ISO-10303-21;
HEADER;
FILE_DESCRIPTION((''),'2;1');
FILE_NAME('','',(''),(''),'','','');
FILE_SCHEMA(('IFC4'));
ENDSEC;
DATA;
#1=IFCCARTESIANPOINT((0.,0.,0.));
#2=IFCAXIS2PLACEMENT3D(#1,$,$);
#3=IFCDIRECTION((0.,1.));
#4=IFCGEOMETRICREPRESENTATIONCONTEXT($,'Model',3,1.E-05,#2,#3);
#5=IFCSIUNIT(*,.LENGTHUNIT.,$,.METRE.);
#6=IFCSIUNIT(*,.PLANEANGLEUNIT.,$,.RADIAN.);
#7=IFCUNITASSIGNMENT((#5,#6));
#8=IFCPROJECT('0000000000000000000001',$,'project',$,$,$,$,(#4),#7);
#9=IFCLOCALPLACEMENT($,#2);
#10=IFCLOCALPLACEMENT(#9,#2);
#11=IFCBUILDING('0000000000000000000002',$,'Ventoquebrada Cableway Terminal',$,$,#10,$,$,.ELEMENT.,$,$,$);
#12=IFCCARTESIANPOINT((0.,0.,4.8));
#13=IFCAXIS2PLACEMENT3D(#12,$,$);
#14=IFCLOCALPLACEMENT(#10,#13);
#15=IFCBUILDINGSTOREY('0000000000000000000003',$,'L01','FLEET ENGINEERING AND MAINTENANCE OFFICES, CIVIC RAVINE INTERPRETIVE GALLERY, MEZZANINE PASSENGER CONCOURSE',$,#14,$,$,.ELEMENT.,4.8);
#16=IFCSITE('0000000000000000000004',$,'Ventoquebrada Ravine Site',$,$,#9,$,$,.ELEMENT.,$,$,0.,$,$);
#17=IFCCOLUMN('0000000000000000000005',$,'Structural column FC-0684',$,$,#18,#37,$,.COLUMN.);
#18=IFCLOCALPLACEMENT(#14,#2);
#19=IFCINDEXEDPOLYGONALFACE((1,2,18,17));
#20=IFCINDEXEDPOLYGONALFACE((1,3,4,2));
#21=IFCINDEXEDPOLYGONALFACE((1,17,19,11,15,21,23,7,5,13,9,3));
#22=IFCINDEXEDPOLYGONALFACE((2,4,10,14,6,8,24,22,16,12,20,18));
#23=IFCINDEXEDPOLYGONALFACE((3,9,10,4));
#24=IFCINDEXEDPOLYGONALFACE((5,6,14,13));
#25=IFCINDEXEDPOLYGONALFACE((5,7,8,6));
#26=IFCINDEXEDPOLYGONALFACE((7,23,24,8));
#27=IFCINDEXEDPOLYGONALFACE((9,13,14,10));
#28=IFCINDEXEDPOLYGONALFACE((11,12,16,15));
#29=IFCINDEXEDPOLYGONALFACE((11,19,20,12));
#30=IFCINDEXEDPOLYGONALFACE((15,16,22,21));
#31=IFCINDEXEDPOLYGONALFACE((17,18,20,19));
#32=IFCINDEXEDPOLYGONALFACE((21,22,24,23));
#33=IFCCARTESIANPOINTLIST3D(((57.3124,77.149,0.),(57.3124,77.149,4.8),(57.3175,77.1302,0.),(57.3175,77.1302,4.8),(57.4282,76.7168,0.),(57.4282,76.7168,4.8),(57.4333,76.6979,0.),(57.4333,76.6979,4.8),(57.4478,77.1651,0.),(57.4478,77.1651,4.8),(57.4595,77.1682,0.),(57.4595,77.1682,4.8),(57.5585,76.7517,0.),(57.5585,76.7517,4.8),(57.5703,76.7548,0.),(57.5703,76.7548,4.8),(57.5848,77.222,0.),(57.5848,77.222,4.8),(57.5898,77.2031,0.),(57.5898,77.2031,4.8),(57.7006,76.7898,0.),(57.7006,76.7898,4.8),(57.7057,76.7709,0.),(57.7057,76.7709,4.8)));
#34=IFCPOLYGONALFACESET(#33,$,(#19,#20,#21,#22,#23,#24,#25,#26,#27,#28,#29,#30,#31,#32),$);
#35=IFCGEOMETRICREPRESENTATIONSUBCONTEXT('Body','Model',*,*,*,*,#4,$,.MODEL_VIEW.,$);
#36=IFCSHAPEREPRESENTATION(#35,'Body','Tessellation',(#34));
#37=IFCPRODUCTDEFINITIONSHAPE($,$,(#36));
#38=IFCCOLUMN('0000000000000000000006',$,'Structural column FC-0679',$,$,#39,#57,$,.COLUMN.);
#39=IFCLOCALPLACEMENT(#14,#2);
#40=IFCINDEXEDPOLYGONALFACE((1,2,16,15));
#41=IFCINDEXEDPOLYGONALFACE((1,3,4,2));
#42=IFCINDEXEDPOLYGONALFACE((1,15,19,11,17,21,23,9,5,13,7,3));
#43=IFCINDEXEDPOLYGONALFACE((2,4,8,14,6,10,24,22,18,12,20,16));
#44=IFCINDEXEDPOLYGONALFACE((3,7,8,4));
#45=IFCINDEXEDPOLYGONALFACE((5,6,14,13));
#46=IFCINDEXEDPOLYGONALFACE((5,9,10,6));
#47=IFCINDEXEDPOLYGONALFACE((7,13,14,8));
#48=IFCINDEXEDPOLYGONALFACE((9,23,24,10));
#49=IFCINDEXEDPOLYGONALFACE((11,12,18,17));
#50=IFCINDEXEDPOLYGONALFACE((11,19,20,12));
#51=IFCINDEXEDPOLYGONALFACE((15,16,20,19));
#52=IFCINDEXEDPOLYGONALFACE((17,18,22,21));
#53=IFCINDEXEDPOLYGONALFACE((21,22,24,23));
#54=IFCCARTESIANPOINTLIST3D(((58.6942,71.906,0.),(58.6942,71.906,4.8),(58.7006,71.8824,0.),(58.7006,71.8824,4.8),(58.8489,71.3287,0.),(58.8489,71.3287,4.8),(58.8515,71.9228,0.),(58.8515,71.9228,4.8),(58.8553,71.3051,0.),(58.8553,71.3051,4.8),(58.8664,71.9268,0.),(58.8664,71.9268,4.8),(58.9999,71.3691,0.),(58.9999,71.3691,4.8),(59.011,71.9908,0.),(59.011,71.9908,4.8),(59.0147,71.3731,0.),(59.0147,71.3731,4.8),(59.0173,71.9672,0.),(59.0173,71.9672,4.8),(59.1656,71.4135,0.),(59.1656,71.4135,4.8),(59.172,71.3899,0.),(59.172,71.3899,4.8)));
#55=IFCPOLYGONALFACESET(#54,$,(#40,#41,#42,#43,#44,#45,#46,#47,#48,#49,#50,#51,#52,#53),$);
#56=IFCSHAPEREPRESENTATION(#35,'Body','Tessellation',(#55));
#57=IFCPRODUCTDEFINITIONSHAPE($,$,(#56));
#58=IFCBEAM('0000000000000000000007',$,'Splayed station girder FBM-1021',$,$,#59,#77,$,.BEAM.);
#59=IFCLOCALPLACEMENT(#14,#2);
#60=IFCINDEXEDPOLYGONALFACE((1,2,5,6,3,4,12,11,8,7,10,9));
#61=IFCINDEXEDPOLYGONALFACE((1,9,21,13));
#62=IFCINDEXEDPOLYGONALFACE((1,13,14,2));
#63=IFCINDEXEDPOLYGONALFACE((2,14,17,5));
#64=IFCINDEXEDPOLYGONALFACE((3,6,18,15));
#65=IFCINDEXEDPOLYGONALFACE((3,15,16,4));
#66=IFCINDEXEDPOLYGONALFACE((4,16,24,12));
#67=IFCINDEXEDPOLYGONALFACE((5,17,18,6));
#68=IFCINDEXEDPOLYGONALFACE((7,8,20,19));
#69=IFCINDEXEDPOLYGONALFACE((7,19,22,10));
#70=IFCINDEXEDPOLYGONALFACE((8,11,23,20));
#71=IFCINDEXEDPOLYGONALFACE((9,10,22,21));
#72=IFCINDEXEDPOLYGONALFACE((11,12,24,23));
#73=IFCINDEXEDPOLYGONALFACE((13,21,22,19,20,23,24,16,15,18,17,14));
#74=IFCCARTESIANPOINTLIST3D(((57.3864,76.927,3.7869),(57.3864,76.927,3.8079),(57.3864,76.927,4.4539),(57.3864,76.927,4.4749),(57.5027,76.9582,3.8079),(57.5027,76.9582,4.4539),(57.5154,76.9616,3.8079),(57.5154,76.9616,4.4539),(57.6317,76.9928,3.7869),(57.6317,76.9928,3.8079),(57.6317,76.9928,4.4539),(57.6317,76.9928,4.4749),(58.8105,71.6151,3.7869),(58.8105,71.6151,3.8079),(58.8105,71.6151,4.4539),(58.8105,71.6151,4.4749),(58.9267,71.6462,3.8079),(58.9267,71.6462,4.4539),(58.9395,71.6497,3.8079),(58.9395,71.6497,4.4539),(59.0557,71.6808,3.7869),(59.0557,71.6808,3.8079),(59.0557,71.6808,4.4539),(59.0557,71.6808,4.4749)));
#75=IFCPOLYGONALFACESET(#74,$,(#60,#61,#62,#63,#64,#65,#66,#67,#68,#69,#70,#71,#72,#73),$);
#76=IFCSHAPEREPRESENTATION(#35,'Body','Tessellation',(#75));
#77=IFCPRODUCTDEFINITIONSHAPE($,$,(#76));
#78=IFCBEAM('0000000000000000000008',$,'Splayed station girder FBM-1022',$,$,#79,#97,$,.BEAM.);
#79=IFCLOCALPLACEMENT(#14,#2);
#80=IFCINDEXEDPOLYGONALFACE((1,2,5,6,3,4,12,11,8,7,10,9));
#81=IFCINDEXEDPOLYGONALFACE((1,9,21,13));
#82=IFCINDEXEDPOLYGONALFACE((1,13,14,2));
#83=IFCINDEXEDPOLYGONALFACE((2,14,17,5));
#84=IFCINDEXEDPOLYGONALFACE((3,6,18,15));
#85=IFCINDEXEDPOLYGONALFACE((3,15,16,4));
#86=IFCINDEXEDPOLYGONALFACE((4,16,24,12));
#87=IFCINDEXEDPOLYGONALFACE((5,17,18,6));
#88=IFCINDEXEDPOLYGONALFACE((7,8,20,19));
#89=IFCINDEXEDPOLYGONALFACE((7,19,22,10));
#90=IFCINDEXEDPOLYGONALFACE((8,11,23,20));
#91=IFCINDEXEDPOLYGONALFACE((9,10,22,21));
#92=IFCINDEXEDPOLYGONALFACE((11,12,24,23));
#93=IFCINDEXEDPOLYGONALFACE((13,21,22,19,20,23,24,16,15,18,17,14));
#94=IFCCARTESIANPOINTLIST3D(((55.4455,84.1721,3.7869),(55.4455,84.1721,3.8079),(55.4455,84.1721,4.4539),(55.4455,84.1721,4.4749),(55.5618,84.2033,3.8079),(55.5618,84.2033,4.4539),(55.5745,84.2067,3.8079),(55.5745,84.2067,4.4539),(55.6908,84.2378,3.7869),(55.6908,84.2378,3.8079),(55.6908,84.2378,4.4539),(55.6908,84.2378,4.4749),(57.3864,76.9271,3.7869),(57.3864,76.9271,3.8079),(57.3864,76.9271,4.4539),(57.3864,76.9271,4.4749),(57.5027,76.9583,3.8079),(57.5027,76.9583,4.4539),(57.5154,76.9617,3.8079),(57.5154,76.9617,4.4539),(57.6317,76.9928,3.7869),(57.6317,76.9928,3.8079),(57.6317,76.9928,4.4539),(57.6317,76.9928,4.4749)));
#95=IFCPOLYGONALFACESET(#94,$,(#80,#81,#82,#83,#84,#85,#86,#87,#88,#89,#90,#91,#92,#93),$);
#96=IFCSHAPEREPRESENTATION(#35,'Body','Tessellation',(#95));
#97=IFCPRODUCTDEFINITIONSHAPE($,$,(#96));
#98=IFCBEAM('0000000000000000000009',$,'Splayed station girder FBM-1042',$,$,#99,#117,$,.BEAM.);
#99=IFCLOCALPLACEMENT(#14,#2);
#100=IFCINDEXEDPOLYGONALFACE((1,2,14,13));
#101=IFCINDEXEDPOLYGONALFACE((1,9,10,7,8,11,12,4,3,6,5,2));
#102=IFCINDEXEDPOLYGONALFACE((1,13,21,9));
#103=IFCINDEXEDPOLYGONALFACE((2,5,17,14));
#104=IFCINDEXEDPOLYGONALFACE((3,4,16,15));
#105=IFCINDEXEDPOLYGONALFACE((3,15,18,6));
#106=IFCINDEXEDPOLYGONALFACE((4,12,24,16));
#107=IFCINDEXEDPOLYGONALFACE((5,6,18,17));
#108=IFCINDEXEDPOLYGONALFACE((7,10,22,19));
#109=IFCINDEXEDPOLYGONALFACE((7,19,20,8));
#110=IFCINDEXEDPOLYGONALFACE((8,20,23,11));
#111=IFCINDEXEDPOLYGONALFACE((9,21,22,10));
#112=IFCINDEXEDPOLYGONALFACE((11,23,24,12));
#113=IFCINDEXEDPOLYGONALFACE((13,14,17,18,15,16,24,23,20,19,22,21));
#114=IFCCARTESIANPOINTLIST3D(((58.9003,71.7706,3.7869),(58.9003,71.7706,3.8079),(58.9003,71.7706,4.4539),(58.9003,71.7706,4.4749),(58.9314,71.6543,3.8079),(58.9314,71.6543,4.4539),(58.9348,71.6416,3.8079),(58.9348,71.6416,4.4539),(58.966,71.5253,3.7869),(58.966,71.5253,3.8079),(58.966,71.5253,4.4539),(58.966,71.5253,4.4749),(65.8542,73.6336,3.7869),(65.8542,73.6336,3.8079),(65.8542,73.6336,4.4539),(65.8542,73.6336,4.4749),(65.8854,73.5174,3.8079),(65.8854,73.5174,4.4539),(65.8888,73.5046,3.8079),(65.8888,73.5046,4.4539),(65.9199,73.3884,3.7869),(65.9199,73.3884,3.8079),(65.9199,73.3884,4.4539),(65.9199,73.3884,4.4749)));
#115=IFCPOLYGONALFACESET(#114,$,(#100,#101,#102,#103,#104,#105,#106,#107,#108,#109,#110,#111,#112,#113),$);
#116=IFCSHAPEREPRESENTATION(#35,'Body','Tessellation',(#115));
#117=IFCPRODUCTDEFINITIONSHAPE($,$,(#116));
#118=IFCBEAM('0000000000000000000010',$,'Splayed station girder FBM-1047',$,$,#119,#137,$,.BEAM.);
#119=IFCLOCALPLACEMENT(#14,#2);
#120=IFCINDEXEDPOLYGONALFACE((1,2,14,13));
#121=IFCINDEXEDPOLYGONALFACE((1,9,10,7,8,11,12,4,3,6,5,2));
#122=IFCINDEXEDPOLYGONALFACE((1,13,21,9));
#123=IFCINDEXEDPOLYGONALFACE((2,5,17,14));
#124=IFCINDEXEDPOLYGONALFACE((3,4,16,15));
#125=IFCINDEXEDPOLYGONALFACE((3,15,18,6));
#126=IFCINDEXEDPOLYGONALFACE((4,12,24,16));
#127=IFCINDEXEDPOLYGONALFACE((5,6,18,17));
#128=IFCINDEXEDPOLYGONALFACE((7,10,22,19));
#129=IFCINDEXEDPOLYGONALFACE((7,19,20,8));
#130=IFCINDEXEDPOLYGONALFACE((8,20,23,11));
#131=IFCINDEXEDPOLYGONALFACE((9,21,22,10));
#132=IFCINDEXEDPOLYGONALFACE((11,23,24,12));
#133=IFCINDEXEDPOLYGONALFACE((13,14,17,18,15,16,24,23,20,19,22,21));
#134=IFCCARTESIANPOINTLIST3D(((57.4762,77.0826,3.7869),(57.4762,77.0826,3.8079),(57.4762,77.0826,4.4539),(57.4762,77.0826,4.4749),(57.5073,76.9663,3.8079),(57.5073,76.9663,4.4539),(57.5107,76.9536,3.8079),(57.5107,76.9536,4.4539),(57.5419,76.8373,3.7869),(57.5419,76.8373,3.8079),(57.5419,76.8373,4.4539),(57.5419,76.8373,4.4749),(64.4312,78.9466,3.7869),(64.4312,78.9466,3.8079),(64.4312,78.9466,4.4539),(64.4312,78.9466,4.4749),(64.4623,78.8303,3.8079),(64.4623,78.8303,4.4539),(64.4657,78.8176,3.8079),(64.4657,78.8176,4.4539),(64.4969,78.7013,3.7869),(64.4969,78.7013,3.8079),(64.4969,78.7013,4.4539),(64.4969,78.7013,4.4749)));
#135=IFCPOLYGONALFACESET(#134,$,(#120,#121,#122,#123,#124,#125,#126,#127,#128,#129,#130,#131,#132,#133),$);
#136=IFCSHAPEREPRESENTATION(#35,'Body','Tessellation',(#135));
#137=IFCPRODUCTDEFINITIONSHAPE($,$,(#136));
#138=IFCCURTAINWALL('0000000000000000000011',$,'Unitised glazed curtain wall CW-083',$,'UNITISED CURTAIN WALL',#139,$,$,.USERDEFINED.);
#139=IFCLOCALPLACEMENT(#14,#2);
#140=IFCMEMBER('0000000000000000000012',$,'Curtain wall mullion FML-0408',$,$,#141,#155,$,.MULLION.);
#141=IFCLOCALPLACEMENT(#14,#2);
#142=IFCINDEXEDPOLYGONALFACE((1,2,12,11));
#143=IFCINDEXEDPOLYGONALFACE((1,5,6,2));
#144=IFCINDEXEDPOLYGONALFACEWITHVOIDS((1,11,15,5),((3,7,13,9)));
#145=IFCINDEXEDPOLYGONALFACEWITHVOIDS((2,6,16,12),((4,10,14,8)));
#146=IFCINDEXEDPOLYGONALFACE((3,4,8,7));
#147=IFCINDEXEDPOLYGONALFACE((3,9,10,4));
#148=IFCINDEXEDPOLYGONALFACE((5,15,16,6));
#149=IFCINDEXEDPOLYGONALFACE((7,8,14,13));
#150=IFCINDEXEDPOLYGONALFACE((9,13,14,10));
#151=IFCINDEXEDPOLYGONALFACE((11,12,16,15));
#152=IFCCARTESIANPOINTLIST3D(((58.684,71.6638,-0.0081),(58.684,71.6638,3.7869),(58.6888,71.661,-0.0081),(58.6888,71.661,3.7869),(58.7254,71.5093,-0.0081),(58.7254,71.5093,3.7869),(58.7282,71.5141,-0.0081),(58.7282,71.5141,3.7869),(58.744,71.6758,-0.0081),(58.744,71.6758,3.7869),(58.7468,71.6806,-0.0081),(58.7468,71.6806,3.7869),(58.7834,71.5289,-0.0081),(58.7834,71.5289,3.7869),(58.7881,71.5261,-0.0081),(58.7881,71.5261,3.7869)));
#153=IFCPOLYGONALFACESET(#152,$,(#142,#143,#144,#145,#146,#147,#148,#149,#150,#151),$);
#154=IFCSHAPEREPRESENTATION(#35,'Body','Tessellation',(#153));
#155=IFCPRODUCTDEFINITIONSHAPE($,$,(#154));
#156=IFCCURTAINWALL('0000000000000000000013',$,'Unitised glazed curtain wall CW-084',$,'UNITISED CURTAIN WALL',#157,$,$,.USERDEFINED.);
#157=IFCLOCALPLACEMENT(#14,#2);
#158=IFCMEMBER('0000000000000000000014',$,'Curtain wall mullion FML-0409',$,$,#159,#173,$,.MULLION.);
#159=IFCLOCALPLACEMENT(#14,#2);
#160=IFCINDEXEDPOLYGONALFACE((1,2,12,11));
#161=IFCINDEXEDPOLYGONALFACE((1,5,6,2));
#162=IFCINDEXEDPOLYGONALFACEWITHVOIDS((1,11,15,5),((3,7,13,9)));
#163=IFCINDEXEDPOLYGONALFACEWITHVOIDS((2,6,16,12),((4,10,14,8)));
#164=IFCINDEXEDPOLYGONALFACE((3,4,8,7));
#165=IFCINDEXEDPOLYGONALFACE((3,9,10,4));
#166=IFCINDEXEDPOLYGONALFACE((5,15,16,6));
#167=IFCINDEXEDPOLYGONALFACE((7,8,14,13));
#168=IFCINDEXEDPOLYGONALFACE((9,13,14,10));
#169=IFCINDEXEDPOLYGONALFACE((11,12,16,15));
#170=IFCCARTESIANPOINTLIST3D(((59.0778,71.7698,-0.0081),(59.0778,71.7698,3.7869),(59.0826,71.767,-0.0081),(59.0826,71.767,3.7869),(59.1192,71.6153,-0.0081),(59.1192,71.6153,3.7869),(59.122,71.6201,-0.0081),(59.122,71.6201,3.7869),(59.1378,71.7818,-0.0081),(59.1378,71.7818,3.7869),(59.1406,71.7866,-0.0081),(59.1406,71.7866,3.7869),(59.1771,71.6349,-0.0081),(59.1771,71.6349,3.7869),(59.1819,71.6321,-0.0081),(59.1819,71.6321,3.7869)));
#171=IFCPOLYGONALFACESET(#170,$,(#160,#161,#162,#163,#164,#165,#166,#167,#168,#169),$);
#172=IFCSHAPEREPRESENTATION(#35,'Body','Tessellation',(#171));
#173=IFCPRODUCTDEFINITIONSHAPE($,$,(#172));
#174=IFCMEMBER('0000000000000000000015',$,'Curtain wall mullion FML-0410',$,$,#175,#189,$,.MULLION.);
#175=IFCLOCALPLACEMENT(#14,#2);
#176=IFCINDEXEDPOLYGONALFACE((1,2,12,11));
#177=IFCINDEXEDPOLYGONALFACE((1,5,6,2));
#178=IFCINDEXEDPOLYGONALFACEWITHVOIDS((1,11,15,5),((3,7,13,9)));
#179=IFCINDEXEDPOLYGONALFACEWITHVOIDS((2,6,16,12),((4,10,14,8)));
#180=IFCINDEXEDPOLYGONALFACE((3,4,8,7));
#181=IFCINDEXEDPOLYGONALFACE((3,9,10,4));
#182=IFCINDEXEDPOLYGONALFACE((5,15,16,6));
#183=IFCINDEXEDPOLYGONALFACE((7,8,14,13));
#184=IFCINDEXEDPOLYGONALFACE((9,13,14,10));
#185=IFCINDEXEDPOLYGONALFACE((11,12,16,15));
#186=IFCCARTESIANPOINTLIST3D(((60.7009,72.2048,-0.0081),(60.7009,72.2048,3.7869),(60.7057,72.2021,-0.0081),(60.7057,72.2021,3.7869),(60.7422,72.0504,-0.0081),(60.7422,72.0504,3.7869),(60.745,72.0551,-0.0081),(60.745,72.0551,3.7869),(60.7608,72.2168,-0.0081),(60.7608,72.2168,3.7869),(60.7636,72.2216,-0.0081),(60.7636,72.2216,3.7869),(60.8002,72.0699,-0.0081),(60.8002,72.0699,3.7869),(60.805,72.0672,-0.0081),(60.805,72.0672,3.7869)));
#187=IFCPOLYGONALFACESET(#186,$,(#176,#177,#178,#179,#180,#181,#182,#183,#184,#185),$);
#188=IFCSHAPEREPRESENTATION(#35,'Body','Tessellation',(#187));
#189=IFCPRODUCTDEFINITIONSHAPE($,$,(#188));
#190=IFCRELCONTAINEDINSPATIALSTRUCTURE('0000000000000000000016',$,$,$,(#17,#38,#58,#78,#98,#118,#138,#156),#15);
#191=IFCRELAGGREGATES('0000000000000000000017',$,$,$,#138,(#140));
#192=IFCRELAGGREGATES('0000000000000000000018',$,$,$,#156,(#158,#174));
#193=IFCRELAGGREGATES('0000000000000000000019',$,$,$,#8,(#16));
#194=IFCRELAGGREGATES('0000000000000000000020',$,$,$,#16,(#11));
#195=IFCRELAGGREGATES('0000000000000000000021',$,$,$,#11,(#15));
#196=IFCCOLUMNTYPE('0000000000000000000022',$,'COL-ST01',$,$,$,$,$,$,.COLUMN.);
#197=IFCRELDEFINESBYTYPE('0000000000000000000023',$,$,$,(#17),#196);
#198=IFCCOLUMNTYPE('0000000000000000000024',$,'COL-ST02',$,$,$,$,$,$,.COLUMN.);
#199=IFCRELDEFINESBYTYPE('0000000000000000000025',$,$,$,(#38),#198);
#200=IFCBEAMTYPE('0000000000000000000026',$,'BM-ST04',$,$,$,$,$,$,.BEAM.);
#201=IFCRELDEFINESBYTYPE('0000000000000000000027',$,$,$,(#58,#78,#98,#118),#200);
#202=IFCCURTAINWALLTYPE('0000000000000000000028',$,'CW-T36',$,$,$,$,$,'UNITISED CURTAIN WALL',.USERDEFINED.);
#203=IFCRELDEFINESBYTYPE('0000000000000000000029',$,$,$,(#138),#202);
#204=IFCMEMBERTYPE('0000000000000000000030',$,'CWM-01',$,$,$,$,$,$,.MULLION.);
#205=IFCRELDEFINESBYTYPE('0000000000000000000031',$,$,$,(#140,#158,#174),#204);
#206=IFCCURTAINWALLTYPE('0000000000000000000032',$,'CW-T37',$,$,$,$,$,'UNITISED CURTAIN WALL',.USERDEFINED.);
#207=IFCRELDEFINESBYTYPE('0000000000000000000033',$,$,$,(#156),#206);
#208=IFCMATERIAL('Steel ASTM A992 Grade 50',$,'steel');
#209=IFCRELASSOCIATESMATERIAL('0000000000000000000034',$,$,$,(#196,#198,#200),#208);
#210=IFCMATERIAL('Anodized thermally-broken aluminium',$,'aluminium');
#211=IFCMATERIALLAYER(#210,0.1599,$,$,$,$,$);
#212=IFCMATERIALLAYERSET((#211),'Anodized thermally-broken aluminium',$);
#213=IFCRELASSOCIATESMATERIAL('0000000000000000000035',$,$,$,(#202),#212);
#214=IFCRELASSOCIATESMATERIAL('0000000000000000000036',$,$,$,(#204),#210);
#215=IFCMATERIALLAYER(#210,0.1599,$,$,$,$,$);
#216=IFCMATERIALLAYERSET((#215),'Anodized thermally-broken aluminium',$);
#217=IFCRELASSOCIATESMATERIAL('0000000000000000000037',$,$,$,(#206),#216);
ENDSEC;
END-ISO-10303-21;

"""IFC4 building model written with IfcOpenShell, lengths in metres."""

from ifc_helpers import new_model, si_unit, direction, frame, origin, origin_2d, place, context, subcontext, project, spatial, hollow_rectangle, i_section, extrude, material, layer, layer_set, material_profile, profile_set, type_object, element, aggregate, save


model = new_model("IFC4")

# Units and contexts
model_context = context("Model", 3, precision=1e-05, world=origin(), true_north=direction((0.0, 1.0)))
body_context = subcontext(model_context, "Body", "Model", "MODEL_VIEW")
ifc_project = project(units=[si_unit("LENGTHUNIT", "METRE"), si_unit("PLANEANGLEUNIT", "RADIAN")], contexts=[model_context])

# Site, building, storey
site_placement = place(None, origin())
site = spatial("IfcSite", under=ifc_project, at=site_placement, Name="Ventoquebrada Ravine Site", CompositionType="ELEMENT", RefElevation=0.0)
building_placement = place(site_placement, origin())
building = spatial("IfcBuilding", under=site, at=building_placement, Name="Ventoquebrada Cableway Terminal", CompositionType="ELEMENT")
storey_placement = place(building_placement, frame((0.0, 0.0, 4.8)))
storey = spatial("IfcBuildingStorey", under=building, at=storey_placement, Name="L01", Description="FLEET ENGINEERING AND MAINTENANCE OFFICES, CIVIC RAVINE INTERPRETIVE GALLERY, MEZZANINE PASSENGER CONCOURSE", CompositionType="ELEMENT", Elevation=4.8)

# Columns
ifc_material_1 = material(Name="Steel ASTM A992 Grade 50", Category="steel")
ifc_material_profile_1 = material_profile(ifc_material_1, i_section(OverallWidth=0.282, OverallDepth=0.467, WebThickness=0.0122, FlangeThickness=0.0195, at=origin_2d()), Name="W18X86")
ifc_profile_set_1 = profile_set([ifc_material_profile_1], Name="Steel ASTM A992 Grade 50")
column_type_1 = type_object("IfcColumnType", Name="COL-ST01", PredefinedType="COLUMN", material=ifc_profile_set_1)
column_1_placement = place(storey_placement, frame((57.509, 76.96, 0.0), z_axis=(0.0, 0.0, 1.0), x_axis=(0.965926, 0.258819, 0.0)))
element("IfcColumn", 1, at=column_1_placement, inside=storey, type_object=column_type_1, Name="Structural column FC-0684", PredefinedType="COLUMN", context=body_context, shape_type="SweptSolid", body=[
    extrude(i_section(OverallWidth=0.282, OverallDepth=0.467, WebThickness=0.0122, FlangeThickness=0.0195, at=origin_2d()), origin(), (0.0, 0.0, 1.0), 4.8),
])
ifc_material_profile_2 = material_profile(ifc_material_1, i_section(OverallWidth=0.3279, OverallDepth=0.6221, WebThickness=0.0154, FlangeThickness=0.0244, at=origin_2d()), Name="W24X131")
ifc_profile_set_2 = profile_set([ifc_material_profile_2], Name="Steel ASTM A992 Grade 50")
column_type_2 = type_object("IfcColumnType", Name="COL-ST02", PredefinedType="COLUMN", material=ifc_profile_set_2)
column_2_placement = place(storey_placement, frame((58.9331, 71.6479, 0.0), z_axis=(0.0, 0.0, 1.0), x_axis=(0.965926, 0.258819, 0.0)))
element("IfcColumn", 2, at=column_2_placement, inside=storey, type_object=column_type_2, Name="Structural column FC-0679", PredefinedType="COLUMN", context=body_context, shape_type="SweptSolid", body=[
    extrude(i_section(OverallWidth=0.3279, OverallDepth=0.6221, WebThickness=0.0154, FlangeThickness=0.0244, at=origin_2d()), origin(), (0.0, 0.0, 1.0), 4.8),
])

# Beams
ifc_material_profile_3 = material_profile(ifc_material_1, i_section(OverallWidth=0.2539, OverallDepth=0.688, WebThickness=0.0132, FlangeThickness=0.021, at=origin_2d()), Name="W27X102")
ifc_profile_set_3 = profile_set([ifc_material_profile_3], Name="Steel ASTM A992 Grade 50")
beam_type = type_object("IfcBeamType", Name="BM-ST04", PredefinedType="BEAM", material=ifc_profile_set_3)
beam_1_placement = place(storey_placement, frame((58.9331, 71.6479, 4.1309), z_axis=(-0.258942, 0.965893, 0.0), x_axis=(-0.965893, -0.258942, 0.0)))
element("IfcBeam", 3, at=beam_1_placement, inside=storey, type_object=beam_type, Name="Splayed station girder FBM-1021", PredefinedType="BEAM", context=body_context, shape_type="SweptSolid", body=[
    extrude(i_section(OverallWidth=0.2539, OverallDepth=0.688, WebThickness=0.0132, FlangeThickness=0.021, at=origin_2d()), origin(), (0.0, 0.0, 1.0), 5.4995),
])
beam_2_placement = place(storey_placement, frame((57.509, 76.96, 4.1309), z_axis=(-0.258769, 0.965939, 0.0), x_axis=(-0.965939, -0.258769, 0.0)))
element("IfcBeam", 4, at=beam_2_placement, inside=storey, type_object=beam_type, Name="Splayed station girder FBM-1022", PredefinedType="BEAM", context=body_context, shape_type="SweptSolid", body=[
    extrude(i_section(OverallWidth=0.2539, OverallDepth=0.688, WebThickness=0.0132, FlangeThickness=0.021, at=origin_2d()), origin(), (0.0, 0.0, 1.0), 7.5005),
])
beam_3_placement = place(storey_placement, frame((58.9331, 71.6479, 4.1309), z_axis=(0.965934, 0.258788, 0.0), x_axis=(-0.258788, 0.965934, 0.0)))
element("IfcBeam", 5, at=beam_3_placement, inside=storey, type_object=beam_type, Name="Splayed station girder FBM-1042", PredefinedType="BEAM", context=body_context, shape_type="SweptSolid", body=[
    extrude(i_section(OverallWidth=0.2539, OverallDepth=0.688, WebThickness=0.0132, FlangeThickness=0.021, at=origin_2d()), origin(), (0.0, 0.0, 1.0), 7.1992),
])
beam_4_placement = place(storey_placement, frame((57.509, 76.96, 4.1309), z_axis=(0.965912, 0.258872, 0.0), x_axis=(-0.258872, 0.965912, 0.0)))
element("IfcBeam", 6, at=beam_4_placement, inside=storey, type_object=beam_type, Name="Splayed station girder FBM-1047", PredefinedType="BEAM", context=body_context, shape_type="SweptSolid", body=[
    extrude(i_section(OverallWidth=0.2539, OverallDepth=0.688, WebThickness=0.0132, FlangeThickness=0.021, at=origin_2d()), origin(), (0.0, 0.0, 1.0), 7.2004),
])

# Curtain wall, member
ifc_material_2 = material(Name="Anodized thermally-broken aluminium", Category="aluminium")
ifc_layer_1 = layer(ifc_material_2, 0.1599)
ifc_layer_set_1 = layer_set([ifc_layer_1], Name="Anodized thermally-broken aluminium")
curtain_wall_type_1 = type_object("IfcCurtainWallType", Name="CW-T36", ElementType="UNITISED CURTAIN WALL", PredefinedType="USERDEFINED", material=ifc_layer_set_1)
curtain_wall_1_placement = place(storey_placement, origin())
curtain_wall_1 = element("IfcCurtainWall", 7, at=curtain_wall_1_placement, inside=storey, type_object=curtain_wall_type_1, Name="Unitised glazed curtain wall CW-083", ObjectType="UNITISED CURTAIN WALL", PredefinedType="USERDEFINED")
ifc_material_profile_4 = material_profile(ifc_material_2, hollow_rectangle(XDim=0.0649, YDim=0.1599, WallThickness=0.0039, at=origin_2d()), Name="CW-MUL-65X160")
ifc_profile_set_4 = profile_set([ifc_material_profile_4], Name="Anodized thermally-broken aluminium")
member_type_1 = type_object("IfcMemberType", Name="CWM-01", PredefinedType="MULLION", material=ifc_profile_set_4)
member_1_placement = place(storey_placement, frame((58.7361, 71.595, -0.0081), z_axis=(0.0, 0.0, 1.0), x_axis=(0.965935, 0.258785, 0.0)))
member_1 = element("IfcMember", 8, at=member_1_placement, type_object=member_type_1, Name="Curtain wall mullion FML-0408", PredefinedType="MULLION", context=body_context, shape_type="SweptSolid", body=[
    extrude(hollow_rectangle(XDim=0.0649, YDim=0.1599, WallThickness=0.0039, at=origin_2d()), origin(), (0.0, 0.0, 1.0), 3.7949),
])

# Curtain wall, members
ifc_layer_2 = layer(ifc_material_2, 0.1599)
ifc_layer_set_2 = layer_set([ifc_layer_2], Name="Anodized thermally-broken aluminium")
curtain_wall_type_2 = type_object("IfcCurtainWallType", Name="CW-T37", ElementType="UNITISED CURTAIN WALL", PredefinedType="USERDEFINED", material=ifc_layer_set_2)
curtain_wall_2_placement = place(storey_placement, origin())
curtain_wall_2 = element("IfcCurtainWall", 9, at=curtain_wall_2_placement, inside=storey, type_object=curtain_wall_type_2, Name="Unitised glazed curtain wall CW-084", ObjectType="UNITISED CURTAIN WALL", PredefinedType="USERDEFINED")
member_2_placement = place(storey_placement, frame((59.1299, 71.7009, -0.0081), z_axis=(0.0, 0.0, 1.0), x_axis=(0.965962, 0.258684, 0.0)))
member_2 = element("IfcMember", 10, at=member_2_placement, type_object=member_type_1, Name="Curtain wall mullion FML-0409", PredefinedType="MULLION", context=body_context, shape_type="SweptSolid", body=[
    extrude(hollow_rectangle(XDim=0.0649, YDim=0.1599, WallThickness=0.0039, at=origin_2d()), origin(), (0.0, 0.0, 1.0), 3.7949),
])
member_3_placement = place(storey_placement, frame((60.7529, 72.136, -0.0081), z_axis=(0.0, 0.0, 1.0), x_axis=(0.965962, 0.258684, 0.0)))
member_3 = element("IfcMember", 11, at=member_3_placement, type_object=member_type_1, Name="Curtain wall mullion FML-0410", PredefinedType="MULLION", context=body_context, shape_type="SweptSolid", body=[
    extrude(hollow_rectangle(XDim=0.0649, YDim=0.1599, WallThickness=0.0039, at=origin_2d()), origin(), (0.0, 0.0, 1.0), 3.7949),
])

aggregate(curtain_wall_1, [member_1])
aggregate(curtain_wall_2, [member_2, member_3])

save(model, "model.ifc")
